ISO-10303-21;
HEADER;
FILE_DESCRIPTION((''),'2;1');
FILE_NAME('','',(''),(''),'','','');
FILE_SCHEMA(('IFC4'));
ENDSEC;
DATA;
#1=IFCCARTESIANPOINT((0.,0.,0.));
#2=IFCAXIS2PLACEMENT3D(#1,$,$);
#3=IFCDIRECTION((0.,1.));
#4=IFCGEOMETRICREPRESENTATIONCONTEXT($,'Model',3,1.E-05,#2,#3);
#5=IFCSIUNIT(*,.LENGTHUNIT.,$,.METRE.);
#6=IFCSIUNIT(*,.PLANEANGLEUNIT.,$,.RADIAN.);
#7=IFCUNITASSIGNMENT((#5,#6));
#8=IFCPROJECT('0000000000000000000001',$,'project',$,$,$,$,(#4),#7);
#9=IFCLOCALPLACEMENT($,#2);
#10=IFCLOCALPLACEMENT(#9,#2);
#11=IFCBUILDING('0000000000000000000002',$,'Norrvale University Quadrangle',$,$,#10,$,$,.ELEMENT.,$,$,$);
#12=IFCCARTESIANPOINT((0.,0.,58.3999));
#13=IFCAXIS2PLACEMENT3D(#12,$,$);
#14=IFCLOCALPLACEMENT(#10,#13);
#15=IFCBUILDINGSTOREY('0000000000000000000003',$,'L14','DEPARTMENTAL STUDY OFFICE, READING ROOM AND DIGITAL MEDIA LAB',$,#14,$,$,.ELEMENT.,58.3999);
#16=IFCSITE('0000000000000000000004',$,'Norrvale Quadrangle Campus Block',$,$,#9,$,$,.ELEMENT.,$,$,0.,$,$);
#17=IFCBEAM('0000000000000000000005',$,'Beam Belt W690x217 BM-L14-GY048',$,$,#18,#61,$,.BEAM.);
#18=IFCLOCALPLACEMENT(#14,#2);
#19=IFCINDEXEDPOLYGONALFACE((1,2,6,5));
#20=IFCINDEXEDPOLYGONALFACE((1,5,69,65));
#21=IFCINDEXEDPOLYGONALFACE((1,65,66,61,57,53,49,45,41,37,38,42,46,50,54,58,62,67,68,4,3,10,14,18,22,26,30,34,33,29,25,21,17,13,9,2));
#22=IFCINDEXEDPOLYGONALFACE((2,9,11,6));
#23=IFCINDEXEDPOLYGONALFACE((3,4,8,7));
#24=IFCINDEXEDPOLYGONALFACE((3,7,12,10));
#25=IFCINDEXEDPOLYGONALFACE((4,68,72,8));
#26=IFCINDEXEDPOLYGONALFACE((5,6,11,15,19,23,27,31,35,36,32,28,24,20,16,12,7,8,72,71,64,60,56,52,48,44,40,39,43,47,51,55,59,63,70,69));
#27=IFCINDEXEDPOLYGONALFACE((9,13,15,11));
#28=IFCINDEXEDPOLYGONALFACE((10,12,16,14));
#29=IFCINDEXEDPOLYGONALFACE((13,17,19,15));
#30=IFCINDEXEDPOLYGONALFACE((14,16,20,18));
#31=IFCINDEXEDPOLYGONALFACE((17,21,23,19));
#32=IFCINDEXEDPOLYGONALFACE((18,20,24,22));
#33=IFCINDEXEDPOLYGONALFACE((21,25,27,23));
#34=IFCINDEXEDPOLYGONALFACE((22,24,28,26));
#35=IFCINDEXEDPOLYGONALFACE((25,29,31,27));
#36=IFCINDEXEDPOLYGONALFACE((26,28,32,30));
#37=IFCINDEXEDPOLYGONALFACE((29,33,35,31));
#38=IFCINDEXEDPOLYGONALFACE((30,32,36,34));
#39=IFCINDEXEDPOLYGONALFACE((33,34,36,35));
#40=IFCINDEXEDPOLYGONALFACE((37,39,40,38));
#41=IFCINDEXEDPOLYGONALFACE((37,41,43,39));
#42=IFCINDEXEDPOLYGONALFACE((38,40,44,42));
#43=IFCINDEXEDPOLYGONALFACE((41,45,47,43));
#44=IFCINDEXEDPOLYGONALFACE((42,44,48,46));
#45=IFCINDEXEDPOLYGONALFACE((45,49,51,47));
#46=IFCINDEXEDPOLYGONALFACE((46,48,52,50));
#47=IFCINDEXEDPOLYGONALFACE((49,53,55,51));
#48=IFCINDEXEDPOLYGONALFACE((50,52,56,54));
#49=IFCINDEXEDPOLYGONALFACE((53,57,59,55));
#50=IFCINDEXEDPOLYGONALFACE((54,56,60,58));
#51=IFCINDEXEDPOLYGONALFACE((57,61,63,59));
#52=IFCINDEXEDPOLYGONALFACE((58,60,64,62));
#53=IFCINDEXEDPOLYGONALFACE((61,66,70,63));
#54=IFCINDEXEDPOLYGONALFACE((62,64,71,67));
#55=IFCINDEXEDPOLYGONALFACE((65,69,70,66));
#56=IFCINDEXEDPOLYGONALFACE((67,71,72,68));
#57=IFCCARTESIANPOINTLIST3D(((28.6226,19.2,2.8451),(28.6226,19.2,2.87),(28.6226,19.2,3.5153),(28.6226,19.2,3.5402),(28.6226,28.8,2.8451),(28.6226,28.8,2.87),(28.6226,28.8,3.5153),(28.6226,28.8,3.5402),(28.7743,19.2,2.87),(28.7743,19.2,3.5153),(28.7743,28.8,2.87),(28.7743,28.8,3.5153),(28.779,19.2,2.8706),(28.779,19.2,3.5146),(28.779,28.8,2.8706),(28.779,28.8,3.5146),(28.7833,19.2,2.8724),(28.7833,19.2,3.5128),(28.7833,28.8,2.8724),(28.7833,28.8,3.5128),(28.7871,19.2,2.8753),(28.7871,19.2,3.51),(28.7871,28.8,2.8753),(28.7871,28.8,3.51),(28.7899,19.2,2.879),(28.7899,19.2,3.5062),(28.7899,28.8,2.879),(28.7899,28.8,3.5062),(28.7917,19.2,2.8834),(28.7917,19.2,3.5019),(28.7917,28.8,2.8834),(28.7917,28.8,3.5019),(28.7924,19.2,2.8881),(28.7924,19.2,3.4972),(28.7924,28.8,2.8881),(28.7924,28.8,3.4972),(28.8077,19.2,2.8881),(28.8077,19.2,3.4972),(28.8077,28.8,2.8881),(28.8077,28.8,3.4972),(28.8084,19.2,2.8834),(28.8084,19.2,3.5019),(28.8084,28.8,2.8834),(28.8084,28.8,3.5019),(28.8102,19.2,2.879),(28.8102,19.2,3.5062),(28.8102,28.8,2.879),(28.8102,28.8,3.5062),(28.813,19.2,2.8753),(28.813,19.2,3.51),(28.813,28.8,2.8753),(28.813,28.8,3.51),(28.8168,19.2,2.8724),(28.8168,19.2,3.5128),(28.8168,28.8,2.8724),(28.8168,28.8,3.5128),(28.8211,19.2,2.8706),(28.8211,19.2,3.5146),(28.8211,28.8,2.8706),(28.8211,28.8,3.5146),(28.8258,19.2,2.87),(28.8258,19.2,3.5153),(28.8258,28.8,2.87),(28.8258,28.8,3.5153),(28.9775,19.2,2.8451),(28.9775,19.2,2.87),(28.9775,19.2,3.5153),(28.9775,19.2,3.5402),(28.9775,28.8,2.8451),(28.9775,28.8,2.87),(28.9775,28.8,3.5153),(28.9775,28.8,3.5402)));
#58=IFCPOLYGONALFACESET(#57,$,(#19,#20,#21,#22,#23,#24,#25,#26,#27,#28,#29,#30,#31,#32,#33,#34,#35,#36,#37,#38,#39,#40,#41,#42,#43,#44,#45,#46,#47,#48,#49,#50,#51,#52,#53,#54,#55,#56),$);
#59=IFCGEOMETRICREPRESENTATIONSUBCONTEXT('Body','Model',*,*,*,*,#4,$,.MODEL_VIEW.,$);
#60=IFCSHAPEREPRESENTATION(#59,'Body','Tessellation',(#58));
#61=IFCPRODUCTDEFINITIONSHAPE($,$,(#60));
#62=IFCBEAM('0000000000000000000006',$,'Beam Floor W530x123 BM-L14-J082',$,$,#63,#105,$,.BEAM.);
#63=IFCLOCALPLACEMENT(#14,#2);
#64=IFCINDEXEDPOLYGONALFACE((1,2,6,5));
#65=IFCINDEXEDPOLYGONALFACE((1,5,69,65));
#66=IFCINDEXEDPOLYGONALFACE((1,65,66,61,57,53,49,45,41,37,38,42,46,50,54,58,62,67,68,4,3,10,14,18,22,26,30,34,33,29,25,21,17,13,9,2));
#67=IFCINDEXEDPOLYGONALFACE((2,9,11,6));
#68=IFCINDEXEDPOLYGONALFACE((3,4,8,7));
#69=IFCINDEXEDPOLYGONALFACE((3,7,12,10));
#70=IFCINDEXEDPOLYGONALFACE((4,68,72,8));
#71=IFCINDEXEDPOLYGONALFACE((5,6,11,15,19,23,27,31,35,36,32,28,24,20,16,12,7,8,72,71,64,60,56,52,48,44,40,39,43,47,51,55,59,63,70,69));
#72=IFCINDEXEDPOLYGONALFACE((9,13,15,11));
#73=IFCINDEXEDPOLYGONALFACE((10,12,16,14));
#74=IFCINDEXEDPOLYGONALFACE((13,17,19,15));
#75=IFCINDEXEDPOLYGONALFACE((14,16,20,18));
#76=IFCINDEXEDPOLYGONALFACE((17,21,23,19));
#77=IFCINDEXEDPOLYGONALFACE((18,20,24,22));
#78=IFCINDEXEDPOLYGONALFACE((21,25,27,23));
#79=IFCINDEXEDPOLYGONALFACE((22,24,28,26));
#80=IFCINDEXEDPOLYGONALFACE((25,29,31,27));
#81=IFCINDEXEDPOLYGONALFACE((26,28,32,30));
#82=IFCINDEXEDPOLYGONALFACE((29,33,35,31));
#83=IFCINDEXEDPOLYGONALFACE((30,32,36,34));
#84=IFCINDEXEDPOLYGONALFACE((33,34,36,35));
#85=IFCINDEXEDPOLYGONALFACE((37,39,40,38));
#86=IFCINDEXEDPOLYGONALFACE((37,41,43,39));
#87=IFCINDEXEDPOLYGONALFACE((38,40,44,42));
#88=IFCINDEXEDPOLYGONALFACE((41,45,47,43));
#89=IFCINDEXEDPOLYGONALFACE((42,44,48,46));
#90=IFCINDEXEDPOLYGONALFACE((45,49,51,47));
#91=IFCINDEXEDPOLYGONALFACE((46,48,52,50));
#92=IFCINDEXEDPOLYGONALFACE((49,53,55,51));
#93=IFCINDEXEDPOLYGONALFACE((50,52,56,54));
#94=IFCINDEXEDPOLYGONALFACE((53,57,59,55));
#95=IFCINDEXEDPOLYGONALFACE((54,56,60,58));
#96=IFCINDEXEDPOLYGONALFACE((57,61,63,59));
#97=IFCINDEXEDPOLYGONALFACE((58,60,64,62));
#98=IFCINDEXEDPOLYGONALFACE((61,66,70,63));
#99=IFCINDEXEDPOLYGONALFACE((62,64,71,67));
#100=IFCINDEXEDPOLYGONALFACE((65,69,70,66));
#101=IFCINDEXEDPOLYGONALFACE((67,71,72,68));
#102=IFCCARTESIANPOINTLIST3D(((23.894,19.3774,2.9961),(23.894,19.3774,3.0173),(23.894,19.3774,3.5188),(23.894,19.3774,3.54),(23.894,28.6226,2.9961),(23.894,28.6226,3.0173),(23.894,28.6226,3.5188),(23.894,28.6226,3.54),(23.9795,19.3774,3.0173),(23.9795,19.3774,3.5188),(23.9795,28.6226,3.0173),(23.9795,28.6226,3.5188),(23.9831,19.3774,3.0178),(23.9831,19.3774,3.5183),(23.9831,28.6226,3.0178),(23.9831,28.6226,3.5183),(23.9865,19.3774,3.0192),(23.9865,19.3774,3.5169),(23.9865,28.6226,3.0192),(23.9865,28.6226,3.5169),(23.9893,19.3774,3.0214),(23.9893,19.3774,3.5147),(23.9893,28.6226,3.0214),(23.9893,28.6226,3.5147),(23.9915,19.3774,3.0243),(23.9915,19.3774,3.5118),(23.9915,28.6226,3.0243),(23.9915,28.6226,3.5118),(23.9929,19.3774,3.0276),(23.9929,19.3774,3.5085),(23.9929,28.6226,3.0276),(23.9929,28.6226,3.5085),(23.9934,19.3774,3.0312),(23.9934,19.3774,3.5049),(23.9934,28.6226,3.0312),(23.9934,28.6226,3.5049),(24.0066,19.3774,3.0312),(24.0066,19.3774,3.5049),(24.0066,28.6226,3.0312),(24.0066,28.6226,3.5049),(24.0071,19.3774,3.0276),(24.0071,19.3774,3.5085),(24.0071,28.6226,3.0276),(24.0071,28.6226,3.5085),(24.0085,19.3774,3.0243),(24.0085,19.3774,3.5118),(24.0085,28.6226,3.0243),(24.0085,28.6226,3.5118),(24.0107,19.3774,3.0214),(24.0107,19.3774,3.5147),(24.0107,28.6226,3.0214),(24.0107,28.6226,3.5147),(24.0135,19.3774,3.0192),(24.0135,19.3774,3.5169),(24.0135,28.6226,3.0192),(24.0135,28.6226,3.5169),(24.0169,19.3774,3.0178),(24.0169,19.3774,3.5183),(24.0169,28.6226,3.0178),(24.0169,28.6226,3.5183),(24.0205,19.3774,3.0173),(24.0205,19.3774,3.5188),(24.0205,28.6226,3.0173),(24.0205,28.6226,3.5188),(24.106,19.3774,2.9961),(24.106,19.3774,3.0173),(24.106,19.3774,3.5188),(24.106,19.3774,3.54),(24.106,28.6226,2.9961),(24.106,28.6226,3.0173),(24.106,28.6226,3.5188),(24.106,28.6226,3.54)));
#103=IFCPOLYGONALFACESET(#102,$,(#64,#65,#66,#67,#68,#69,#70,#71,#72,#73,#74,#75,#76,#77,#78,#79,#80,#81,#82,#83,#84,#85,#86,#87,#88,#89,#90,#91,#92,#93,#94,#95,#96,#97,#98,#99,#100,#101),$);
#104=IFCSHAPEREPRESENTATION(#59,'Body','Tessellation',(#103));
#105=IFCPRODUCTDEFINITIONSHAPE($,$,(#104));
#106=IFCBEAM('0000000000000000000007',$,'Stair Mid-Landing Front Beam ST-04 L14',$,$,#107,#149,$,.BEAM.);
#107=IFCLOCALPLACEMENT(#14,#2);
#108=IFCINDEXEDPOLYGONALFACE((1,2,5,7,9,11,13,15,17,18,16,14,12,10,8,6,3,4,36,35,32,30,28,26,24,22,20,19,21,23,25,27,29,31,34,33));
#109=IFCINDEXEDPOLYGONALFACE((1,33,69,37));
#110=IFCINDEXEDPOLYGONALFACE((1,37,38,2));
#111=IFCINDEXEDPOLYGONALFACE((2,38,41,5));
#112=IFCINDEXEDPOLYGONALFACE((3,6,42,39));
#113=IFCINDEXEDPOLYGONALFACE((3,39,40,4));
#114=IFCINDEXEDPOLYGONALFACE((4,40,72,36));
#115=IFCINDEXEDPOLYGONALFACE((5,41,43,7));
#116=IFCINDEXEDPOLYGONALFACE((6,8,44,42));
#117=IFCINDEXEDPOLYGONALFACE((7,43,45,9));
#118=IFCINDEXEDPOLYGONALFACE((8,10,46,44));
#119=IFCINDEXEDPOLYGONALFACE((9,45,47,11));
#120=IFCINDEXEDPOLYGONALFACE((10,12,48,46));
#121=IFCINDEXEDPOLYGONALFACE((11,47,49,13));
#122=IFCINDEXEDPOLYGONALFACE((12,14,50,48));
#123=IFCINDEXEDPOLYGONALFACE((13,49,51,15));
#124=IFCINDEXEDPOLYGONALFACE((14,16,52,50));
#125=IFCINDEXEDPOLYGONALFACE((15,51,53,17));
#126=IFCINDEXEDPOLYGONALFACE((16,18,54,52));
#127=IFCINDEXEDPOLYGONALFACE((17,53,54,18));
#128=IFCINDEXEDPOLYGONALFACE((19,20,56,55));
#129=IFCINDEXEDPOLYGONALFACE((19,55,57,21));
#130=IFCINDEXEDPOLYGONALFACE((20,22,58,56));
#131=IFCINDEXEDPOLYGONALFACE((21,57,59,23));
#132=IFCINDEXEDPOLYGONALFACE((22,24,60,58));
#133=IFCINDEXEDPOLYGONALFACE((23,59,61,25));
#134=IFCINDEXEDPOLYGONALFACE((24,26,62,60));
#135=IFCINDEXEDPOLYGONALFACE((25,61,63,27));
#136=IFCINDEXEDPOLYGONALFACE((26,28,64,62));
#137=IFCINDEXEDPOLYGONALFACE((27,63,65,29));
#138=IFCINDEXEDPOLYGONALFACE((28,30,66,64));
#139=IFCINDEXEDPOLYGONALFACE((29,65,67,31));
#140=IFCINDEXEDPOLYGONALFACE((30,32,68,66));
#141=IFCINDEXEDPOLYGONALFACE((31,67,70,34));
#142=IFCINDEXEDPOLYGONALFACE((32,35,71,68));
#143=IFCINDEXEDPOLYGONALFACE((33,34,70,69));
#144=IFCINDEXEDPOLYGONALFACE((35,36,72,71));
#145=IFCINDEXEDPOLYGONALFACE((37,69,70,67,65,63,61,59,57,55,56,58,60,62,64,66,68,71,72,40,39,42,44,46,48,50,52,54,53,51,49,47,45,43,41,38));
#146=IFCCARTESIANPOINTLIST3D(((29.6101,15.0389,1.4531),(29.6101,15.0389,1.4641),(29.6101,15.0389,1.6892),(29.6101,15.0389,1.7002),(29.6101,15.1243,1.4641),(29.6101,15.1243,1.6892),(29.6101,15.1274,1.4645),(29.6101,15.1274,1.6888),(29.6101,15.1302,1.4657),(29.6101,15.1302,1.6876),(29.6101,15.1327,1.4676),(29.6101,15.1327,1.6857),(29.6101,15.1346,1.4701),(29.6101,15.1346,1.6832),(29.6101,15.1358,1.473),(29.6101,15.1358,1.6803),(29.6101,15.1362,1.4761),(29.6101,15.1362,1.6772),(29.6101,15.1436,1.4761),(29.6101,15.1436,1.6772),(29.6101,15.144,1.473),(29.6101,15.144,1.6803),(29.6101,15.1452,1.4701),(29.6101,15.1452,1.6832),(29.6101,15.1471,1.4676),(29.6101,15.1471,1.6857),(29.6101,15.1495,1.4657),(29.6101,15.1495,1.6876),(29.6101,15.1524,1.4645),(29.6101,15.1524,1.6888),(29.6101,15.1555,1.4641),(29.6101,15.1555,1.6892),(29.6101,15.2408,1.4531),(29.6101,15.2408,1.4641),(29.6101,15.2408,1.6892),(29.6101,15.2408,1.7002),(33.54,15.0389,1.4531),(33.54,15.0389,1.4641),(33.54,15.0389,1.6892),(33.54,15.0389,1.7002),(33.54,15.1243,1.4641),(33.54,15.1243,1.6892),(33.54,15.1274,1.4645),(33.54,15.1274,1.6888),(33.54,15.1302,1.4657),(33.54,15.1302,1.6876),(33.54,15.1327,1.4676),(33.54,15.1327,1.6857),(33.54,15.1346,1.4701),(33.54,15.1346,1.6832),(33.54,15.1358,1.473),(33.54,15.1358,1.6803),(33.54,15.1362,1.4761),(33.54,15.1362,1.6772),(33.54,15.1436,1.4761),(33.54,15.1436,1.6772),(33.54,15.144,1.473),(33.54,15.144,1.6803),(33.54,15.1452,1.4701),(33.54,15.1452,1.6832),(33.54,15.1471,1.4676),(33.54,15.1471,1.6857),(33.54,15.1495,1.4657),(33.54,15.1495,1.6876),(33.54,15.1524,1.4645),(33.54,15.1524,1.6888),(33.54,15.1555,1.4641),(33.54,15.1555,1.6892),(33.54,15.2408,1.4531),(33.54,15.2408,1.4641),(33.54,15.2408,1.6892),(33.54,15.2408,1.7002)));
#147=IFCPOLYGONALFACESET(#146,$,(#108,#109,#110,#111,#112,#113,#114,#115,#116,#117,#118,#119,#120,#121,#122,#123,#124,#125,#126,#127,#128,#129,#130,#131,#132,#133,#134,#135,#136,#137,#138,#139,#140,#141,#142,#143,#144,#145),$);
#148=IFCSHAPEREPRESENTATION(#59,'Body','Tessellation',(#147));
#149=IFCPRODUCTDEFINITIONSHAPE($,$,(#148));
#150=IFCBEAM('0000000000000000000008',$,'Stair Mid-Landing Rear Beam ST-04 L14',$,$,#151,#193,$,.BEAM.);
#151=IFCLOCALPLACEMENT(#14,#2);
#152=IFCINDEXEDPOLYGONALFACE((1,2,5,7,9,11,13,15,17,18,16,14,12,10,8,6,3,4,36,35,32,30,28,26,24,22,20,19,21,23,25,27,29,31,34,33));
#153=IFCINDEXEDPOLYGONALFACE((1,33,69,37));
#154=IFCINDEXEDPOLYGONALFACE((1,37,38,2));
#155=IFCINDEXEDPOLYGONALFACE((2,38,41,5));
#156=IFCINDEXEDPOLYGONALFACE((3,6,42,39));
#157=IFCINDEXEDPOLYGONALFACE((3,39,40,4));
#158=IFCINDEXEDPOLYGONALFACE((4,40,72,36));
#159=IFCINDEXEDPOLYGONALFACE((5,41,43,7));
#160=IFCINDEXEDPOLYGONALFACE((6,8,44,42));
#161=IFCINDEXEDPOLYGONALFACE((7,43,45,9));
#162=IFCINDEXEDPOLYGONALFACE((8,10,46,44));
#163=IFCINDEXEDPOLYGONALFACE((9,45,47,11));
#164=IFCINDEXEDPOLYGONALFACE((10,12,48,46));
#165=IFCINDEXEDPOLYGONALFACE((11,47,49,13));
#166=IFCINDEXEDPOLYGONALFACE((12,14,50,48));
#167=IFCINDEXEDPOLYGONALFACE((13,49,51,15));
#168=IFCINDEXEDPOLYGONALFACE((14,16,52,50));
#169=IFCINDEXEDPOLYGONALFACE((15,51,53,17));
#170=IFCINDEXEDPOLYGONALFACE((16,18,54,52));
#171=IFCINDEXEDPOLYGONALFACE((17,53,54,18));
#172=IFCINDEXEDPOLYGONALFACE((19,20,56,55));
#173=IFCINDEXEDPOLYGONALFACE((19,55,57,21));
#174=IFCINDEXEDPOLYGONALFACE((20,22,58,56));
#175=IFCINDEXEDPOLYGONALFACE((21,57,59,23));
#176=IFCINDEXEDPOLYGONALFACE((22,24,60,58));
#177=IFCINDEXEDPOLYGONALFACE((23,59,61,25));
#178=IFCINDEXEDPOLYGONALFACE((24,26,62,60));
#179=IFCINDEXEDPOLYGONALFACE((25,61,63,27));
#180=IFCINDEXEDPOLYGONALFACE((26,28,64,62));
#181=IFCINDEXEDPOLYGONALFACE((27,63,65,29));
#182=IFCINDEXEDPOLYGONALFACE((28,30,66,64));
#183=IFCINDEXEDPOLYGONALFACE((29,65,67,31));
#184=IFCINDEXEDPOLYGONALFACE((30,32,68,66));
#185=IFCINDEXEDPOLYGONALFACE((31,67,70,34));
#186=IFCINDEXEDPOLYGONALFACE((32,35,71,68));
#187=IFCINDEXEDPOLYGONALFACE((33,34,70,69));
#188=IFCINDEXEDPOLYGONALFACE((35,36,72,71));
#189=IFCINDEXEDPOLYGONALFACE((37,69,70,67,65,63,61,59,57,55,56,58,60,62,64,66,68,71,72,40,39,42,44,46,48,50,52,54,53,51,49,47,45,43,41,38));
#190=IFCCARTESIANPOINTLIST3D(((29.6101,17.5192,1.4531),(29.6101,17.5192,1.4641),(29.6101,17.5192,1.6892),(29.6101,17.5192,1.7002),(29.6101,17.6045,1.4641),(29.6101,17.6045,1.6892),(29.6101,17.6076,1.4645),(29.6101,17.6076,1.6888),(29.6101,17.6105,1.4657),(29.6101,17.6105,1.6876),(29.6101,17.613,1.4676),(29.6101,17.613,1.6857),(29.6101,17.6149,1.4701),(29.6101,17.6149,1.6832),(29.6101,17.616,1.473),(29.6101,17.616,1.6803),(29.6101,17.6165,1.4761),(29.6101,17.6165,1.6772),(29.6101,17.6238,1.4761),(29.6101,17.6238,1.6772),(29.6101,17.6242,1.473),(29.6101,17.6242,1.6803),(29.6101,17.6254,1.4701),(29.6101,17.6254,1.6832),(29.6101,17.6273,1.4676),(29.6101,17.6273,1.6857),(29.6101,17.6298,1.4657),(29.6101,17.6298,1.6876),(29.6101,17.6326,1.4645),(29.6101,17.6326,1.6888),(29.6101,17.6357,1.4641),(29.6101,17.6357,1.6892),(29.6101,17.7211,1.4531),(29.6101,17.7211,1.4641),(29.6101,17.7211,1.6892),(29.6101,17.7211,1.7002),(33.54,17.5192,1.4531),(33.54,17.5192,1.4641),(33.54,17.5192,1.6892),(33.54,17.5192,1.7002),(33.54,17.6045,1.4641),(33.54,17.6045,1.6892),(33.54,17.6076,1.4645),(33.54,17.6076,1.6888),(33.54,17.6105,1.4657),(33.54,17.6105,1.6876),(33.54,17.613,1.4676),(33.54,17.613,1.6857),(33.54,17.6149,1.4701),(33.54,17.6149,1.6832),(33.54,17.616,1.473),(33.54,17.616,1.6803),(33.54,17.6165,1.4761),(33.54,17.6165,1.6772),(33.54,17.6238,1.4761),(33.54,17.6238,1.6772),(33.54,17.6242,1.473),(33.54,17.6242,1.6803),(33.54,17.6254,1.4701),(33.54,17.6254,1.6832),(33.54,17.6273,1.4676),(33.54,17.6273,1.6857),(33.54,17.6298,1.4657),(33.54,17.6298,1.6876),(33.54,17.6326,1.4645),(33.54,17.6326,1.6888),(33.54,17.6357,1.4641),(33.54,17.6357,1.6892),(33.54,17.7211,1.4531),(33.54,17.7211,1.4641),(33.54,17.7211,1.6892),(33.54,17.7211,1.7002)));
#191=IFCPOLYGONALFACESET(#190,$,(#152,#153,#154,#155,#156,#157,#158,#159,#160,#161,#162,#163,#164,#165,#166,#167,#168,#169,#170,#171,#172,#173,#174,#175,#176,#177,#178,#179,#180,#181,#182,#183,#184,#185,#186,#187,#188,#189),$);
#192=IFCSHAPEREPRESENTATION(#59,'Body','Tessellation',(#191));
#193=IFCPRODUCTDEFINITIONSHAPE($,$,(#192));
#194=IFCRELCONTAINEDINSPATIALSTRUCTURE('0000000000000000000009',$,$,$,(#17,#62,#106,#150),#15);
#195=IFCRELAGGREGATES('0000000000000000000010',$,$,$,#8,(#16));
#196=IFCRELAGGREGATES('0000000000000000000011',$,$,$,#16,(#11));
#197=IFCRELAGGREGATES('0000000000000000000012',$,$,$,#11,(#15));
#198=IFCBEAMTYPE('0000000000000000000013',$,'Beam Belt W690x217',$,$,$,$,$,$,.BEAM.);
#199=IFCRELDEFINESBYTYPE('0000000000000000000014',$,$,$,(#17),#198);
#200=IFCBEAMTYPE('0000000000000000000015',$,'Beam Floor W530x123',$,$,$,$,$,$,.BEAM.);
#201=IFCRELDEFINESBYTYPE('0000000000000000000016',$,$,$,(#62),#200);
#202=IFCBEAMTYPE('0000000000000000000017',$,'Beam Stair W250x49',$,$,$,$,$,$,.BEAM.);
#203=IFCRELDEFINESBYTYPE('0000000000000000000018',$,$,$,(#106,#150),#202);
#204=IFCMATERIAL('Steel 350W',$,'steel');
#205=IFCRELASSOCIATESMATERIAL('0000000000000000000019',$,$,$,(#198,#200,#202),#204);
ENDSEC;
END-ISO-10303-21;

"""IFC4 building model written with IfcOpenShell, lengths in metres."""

from ifc_helpers import new_model, si_unit, direction, frame, origin, origin_2d, place, context, subcontext, project, spatial, i_section, extrude, material, material_profile, profile_set, type_object, element, save


model = new_model("IFC4")

# Units and contexts
model_context = context("Model", 3, precision=1e-05, world=origin(), true_north=direction((0.0, 1.0)))
body_context = subcontext(model_context, "Body", "Model", "MODEL_VIEW")
ifc_project = project(units=[si_unit("LENGTHUNIT", "METRE"), si_unit("PLANEANGLEUNIT", "RADIAN")], contexts=[model_context])

# Site, building, storey
site_placement = place(None, origin())
site = spatial("IfcSite", under=ifc_project, at=site_placement, Name="Norrvale Quadrangle Campus Block", CompositionType="ELEMENT", RefElevation=0.0)
building_placement = place(site_placement, origin())
building = spatial("IfcBuilding", under=site, at=building_placement, Name="Norrvale University Quadrangle", CompositionType="ELEMENT")
storey_placement = place(building_placement, frame((0.0, 0.0, 58.3999)))
storey = spatial("IfcBuildingStorey", under=building, at=storey_placement, Name="L14", Description="DEPARTMENTAL STUDY OFFICE, READING ROOM AND DIGITAL MEDIA LAB", CompositionType="ELEMENT", Elevation=58.3999)

# Beams
ifc_material_1 = material(Name="Steel 350W", Category="steel")
ifc_material_profile_1 = material_profile(ifc_material_1, i_section(OverallWidth=0.355, OverallDepth=0.6951, WebThickness=0.0154, FlangeThickness=0.0249, FilletRadius=0.0181, at=origin_2d()), Name="Steel 350W")
ifc_profile_set_1 = profile_set([ifc_material_profile_1], Name="Steel 350W")
beam_type_1 = type_object("IfcBeamType", Name="Beam Belt W690x217", PredefinedType="BEAM", material=ifc_profile_set_1)
for number, where, z_axis, x_axis, name in (
    (1, (28.8, 19.2, 3.1926), (0.0, 1.0, 0.0), (-1.0, 0.0, 0.0), "Beam Belt W690x217 BM-L14-GY048"),
):
    element("IfcBeam", number, at=place(storey_placement, frame(where, z_axis=z_axis, x_axis=x_axis)), inside=storey, type_object=beam_type_1, Name=name, PredefinedType="BEAM", context=body_context, shape_type="SweptSolid", body=[
        extrude(i_section(OverallWidth=0.355, OverallDepth=0.6951, WebThickness=0.0154, FlangeThickness=0.0249, FilletRadius=0.0181, at=origin_2d()), origin(), (0.0, 0.0, 1.0), 9.6001),
    ])
ifc_material_profile_2 = material_profile(ifc_material_1, i_section(OverallWidth=0.2119, OverallDepth=0.5439, WebThickness=0.0132, FlangeThickness=0.0212, FilletRadius=0.0139, at=origin_2d()), Name="Steel 350W")
ifc_profile_set_2 = profile_set([ifc_material_profile_2], Name="Steel 350W")
beam_type_2 = type_object("IfcBeamType", Name="Beam Floor W530x123", PredefinedType="BEAM", material=ifc_profile_set_2)
beam_1_placement = place(storey_placement, frame((24.0, 19.3774, 3.2681), z_axis=(0.0, 1.0, 0.0), x_axis=(-1.0, 0.0, 0.0)))
element("IfcBeam", 2, at=beam_1_placement, inside=storey, type_object=beam_type_2, Name="Beam Floor W530x123 BM-L14-J082", PredefinedType="BEAM", context=body_context, shape_type="SweptSolid", body=[
    extrude(i_section(OverallWidth=0.2119, OverallDepth=0.5439, WebThickness=0.0132, FlangeThickness=0.0212, FilletRadius=0.0139, at=origin_2d()), origin(), (0.0, 0.0, 1.0), 9.2451),
])
ifc_material_profile_3 = material_profile(ifc_material_1, i_section(OverallWidth=0.2019, OverallDepth=0.2471, WebThickness=0.0073, FlangeThickness=0.011, FilletRadius=0.012, at=origin_2d()), Name="Steel 350W")
ifc_profile_set_3 = profile_set([ifc_material_profile_3], Name="Steel 350W")
beam_type_3 = type_object("IfcBeamType", Name="Beam Stair W250x49", PredefinedType="BEAM", material=ifc_profile_set_3)
for number, where, z_axis, x_axis, name in (
    (3, (29.6101, 15.1399, 1.5767), (1.0, 0.0, 0.0), (0.0, 1.0, 0.0), "Stair Mid-Landing Front Beam ST-04 L14"),
    (4, (29.6101, 17.6201, 1.5767), (1.0, 0.0, 0.0), (0.0, 1.0, 0.0), "Stair Mid-Landing Rear Beam ST-04 L14"),
):
    element("IfcBeam", number, at=place(storey_placement, frame(where, z_axis=z_axis, x_axis=x_axis)), inside=storey, type_object=beam_type_3, Name=name, PredefinedType="BEAM", context=body_context, shape_type="SweptSolid", body=[
        extrude(i_section(OverallWidth=0.2019, OverallDepth=0.2471, WebThickness=0.0073, FlangeThickness=0.011, FilletRadius=0.012, at=origin_2d()), origin(), (0.0, 0.0, 1.0), 3.9299),
    ])

save(model, "model.ifc")
